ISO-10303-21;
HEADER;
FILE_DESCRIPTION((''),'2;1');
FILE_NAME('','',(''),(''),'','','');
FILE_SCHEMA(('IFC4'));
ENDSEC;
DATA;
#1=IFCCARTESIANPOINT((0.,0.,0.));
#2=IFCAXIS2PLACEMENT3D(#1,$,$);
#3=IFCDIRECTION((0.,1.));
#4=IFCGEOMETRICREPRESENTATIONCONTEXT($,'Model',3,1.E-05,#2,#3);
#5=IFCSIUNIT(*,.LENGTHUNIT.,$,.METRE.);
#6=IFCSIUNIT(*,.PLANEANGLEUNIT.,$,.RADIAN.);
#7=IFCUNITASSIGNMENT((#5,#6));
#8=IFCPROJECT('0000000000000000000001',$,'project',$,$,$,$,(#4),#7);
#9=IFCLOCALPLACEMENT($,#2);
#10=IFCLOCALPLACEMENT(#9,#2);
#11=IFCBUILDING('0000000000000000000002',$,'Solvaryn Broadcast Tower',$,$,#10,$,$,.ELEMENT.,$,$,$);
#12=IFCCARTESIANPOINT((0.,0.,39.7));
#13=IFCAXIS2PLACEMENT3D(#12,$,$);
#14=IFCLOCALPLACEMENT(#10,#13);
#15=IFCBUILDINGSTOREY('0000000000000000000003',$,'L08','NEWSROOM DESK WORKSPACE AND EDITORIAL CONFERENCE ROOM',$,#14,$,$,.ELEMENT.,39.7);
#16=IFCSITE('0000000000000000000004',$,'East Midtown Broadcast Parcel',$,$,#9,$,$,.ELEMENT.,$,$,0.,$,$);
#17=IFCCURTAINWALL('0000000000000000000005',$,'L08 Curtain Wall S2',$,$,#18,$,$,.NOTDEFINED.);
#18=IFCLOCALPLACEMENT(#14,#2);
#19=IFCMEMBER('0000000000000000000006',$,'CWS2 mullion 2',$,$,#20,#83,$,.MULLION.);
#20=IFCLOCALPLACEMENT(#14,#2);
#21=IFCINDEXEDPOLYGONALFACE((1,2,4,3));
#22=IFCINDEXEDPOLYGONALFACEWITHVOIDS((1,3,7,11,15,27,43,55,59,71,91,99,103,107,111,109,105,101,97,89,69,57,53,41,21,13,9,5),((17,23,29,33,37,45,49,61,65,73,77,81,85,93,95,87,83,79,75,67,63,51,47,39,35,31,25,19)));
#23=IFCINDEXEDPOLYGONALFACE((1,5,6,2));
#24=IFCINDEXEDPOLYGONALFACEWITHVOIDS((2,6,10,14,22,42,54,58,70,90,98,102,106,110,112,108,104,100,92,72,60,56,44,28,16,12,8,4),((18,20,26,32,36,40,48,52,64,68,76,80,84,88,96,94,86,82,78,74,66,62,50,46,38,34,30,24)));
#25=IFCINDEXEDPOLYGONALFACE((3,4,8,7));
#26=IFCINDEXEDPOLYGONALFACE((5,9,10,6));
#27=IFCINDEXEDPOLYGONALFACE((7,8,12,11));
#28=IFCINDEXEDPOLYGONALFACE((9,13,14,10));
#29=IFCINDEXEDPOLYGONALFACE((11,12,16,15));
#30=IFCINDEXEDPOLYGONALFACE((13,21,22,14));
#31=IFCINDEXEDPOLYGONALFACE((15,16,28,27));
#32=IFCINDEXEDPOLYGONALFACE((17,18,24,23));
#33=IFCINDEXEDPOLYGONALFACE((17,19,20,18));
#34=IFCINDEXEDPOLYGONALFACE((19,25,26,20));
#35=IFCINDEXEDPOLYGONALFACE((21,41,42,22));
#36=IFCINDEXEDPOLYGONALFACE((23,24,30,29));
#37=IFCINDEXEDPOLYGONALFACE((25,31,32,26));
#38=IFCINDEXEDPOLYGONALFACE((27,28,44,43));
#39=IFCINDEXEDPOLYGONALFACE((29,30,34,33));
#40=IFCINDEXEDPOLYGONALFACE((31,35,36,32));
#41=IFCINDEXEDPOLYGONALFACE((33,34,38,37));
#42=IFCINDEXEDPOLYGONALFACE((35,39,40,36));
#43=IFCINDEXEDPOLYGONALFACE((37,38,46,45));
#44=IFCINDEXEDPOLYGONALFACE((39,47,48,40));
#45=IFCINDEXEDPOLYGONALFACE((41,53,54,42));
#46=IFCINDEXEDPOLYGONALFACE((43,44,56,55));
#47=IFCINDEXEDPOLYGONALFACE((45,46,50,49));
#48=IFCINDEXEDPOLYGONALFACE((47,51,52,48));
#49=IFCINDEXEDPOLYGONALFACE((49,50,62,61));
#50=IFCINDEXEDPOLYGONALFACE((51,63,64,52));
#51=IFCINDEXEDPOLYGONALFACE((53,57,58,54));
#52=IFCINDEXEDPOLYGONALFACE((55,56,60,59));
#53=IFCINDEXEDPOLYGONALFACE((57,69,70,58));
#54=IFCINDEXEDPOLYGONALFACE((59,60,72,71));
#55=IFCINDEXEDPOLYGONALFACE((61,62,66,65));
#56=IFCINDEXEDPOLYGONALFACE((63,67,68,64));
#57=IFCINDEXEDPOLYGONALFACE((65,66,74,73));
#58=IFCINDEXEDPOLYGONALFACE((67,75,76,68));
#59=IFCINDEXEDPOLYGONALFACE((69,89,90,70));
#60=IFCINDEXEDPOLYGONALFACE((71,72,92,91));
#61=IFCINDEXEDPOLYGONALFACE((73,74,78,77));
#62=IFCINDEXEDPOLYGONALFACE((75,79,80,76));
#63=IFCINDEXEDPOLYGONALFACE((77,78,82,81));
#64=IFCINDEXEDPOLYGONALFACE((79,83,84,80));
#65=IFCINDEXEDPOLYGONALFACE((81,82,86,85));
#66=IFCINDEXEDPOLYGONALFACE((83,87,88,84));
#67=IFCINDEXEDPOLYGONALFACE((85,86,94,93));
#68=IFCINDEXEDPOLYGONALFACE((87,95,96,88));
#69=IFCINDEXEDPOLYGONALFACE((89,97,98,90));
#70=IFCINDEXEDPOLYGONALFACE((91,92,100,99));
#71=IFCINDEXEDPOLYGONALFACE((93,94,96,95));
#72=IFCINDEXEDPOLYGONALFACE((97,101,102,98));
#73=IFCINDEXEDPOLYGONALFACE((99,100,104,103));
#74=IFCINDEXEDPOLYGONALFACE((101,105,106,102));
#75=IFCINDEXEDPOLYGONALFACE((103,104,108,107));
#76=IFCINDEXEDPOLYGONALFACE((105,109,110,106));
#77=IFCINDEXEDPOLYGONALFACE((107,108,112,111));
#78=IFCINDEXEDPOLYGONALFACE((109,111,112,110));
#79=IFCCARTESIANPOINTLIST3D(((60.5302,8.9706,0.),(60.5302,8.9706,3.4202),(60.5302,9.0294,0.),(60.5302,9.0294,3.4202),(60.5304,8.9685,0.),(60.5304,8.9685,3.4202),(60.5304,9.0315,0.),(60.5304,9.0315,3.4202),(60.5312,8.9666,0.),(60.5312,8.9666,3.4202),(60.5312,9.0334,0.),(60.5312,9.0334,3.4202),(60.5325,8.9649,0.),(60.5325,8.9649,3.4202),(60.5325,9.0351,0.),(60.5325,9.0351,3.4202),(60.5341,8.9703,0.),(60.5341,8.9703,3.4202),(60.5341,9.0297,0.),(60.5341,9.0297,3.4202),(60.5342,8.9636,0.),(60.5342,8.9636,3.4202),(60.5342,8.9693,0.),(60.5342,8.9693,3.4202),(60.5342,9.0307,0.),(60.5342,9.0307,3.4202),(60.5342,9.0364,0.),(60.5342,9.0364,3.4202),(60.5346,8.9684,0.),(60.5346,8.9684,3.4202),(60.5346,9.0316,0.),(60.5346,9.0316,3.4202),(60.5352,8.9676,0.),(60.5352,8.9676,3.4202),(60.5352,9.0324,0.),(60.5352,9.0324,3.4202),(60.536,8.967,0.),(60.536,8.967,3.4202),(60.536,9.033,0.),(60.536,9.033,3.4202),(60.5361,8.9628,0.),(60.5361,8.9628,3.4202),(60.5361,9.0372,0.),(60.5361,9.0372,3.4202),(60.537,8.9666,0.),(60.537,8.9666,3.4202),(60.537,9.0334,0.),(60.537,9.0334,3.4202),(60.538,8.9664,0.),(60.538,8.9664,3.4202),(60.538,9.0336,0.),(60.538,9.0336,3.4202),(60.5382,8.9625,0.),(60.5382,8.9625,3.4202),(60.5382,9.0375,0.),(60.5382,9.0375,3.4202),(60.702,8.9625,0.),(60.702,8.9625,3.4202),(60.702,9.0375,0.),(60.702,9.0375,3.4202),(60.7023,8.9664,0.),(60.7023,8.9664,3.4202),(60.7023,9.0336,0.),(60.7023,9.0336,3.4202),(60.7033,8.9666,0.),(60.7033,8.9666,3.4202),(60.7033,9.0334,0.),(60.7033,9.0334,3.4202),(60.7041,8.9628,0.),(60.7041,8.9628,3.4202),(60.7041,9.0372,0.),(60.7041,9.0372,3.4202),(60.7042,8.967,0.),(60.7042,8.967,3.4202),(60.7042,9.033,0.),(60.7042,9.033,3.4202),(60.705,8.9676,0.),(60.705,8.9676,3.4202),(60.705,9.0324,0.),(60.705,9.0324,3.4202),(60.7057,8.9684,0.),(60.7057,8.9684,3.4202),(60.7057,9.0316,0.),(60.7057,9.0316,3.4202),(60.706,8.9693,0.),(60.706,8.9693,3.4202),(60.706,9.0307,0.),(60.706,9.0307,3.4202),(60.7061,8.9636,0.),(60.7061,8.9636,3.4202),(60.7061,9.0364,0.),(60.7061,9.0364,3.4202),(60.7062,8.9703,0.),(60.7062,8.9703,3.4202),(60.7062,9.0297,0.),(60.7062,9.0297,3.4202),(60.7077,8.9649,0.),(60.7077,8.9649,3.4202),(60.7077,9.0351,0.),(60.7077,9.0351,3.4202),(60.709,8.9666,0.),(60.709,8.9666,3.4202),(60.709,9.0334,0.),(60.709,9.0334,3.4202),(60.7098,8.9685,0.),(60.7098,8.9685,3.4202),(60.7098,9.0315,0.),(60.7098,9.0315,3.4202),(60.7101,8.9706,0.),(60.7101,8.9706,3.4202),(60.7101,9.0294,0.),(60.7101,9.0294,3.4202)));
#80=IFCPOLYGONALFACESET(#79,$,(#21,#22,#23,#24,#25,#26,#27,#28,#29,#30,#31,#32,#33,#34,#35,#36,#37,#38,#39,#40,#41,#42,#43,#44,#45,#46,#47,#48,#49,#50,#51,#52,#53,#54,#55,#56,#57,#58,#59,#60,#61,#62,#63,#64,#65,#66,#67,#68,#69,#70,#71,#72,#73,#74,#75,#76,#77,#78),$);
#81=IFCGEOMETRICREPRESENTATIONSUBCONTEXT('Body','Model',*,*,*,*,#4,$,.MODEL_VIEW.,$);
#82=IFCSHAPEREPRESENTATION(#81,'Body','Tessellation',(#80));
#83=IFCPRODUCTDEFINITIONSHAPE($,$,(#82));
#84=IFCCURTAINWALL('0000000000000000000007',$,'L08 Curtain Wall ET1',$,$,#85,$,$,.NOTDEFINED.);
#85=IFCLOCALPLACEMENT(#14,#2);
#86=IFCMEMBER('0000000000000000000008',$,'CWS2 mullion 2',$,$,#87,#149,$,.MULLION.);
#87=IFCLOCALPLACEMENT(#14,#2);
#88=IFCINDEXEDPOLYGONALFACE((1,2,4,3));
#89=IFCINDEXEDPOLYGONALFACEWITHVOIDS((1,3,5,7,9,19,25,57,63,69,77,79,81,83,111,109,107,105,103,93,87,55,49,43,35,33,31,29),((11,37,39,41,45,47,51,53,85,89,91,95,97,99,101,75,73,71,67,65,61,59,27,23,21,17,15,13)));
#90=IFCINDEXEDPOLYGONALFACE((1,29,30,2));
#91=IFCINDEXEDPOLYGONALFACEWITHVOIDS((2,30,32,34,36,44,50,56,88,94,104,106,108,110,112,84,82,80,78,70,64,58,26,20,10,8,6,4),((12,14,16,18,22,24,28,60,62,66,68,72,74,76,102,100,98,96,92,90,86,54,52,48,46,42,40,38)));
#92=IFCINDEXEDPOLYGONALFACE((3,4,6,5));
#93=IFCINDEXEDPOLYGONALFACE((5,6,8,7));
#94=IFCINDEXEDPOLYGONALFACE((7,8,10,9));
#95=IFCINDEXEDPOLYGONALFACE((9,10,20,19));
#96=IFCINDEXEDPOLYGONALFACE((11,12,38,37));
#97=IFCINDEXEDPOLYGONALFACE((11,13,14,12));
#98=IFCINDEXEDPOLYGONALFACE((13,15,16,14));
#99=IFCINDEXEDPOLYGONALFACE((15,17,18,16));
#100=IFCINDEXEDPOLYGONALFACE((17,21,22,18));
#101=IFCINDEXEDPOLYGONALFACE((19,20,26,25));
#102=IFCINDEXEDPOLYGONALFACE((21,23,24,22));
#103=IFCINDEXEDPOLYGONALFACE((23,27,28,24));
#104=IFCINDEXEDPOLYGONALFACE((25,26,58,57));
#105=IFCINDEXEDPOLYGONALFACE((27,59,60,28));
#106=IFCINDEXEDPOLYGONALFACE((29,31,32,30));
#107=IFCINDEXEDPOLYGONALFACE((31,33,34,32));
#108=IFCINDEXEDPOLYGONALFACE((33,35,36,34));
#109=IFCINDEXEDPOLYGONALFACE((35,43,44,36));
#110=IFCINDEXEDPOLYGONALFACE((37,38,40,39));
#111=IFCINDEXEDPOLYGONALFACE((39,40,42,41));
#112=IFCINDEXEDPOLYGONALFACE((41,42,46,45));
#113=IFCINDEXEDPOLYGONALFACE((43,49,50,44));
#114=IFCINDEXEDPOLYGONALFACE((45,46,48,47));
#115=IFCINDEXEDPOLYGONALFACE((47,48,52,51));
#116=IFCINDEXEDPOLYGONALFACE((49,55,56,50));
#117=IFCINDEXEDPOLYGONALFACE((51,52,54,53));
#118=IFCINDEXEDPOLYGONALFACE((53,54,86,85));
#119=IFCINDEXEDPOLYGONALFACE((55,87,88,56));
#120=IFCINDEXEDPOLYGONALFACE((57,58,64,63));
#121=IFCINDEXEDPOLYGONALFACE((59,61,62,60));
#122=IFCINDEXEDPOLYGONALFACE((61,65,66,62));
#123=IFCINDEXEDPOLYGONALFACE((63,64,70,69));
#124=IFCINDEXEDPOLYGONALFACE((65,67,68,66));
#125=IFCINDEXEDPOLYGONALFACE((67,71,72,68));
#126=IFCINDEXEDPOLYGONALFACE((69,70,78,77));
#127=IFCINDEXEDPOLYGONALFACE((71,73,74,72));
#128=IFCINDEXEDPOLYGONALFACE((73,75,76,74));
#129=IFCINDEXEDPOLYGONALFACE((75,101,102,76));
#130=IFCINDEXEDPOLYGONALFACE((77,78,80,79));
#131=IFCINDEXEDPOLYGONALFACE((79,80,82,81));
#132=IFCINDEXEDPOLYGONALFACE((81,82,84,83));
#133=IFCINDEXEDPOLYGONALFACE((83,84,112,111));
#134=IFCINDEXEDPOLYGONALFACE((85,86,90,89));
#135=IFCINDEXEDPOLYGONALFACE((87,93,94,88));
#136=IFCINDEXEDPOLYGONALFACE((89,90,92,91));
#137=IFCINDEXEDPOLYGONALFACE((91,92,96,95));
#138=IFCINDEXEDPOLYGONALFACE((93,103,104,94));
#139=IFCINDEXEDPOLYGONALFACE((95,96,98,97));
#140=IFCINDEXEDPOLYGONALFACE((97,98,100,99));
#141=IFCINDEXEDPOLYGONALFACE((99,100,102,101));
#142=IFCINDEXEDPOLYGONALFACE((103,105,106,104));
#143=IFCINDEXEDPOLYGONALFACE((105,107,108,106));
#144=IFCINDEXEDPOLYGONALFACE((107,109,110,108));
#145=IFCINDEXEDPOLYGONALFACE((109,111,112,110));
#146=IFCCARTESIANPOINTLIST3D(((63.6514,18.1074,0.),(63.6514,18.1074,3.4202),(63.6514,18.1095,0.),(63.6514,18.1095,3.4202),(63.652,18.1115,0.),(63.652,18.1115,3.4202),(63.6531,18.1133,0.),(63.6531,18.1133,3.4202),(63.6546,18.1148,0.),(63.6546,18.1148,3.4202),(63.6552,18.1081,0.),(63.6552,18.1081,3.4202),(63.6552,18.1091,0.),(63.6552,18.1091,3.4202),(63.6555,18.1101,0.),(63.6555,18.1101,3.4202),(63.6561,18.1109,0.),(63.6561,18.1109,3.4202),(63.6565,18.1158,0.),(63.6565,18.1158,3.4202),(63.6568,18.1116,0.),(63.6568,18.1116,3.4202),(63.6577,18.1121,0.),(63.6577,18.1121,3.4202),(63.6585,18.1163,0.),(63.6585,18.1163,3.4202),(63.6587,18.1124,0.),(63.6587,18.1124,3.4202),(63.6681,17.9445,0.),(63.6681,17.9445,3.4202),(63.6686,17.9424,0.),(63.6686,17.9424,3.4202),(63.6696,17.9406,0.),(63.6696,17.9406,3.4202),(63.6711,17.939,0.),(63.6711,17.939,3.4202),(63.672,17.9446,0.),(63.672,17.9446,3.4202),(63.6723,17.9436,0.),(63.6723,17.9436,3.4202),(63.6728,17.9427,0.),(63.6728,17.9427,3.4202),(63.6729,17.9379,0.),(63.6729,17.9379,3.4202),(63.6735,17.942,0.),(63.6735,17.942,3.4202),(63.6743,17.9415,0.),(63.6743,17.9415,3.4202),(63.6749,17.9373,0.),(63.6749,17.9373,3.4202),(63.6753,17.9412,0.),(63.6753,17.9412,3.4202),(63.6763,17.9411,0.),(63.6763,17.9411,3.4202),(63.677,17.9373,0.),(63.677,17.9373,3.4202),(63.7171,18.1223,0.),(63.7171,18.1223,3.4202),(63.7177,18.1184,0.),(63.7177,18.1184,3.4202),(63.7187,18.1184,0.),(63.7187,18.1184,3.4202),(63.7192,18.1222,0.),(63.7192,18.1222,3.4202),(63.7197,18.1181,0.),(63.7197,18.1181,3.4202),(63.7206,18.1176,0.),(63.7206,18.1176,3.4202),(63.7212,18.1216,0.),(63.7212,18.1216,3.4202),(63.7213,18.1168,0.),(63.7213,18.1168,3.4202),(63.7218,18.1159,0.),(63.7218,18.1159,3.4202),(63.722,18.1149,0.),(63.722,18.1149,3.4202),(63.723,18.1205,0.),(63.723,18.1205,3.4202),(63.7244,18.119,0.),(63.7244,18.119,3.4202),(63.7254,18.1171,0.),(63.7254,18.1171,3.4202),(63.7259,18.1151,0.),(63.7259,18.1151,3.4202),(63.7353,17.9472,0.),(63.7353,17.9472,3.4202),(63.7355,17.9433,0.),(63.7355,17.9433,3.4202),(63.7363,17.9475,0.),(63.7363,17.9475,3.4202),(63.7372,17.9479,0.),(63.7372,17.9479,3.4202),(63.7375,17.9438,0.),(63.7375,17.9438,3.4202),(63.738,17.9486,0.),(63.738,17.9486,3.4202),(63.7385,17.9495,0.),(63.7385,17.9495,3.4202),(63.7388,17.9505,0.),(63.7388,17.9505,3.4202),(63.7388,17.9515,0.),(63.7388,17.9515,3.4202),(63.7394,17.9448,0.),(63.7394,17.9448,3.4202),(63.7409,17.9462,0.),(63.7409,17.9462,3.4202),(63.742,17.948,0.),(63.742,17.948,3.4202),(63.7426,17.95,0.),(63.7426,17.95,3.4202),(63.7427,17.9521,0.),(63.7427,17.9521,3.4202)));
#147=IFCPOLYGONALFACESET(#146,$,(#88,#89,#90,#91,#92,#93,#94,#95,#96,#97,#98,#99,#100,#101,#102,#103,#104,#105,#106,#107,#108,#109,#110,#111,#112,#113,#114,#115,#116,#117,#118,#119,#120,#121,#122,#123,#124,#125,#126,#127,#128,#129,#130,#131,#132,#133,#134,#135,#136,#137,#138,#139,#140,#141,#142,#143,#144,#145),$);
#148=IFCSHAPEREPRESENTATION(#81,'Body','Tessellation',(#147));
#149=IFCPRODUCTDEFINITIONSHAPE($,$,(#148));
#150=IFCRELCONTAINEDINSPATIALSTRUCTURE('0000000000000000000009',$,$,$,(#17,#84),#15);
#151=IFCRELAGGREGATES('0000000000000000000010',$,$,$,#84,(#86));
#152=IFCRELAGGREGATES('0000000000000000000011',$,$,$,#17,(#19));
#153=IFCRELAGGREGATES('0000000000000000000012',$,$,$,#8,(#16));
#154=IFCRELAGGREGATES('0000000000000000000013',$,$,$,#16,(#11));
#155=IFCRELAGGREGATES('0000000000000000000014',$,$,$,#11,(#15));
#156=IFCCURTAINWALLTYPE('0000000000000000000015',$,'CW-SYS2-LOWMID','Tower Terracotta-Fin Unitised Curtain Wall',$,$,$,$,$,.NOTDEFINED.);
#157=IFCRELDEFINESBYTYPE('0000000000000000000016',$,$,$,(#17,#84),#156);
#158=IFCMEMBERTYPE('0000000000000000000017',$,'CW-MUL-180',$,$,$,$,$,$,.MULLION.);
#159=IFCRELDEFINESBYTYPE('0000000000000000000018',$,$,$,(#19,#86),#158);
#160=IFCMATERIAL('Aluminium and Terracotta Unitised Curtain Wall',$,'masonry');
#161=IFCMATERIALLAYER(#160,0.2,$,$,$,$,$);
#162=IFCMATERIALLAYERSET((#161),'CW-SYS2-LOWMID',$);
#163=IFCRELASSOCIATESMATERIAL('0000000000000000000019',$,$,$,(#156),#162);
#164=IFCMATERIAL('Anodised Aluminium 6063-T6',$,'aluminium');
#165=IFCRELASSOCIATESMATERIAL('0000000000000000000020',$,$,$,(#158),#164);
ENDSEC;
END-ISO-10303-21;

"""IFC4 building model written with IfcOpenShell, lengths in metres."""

from ifc_helpers import new_model, si_unit, direction, frame, origin, origin_2d, place, context, subcontext, project, spatial, hollow_rectangle, extrude, material, layer, layer_set, material_profile, profile_set, type_object, element, aggregate, save


model = new_model("IFC4")

# Units and contexts
model_context = context("Model", 3, precision=1e-05, world=origin(), true_north=direction((0.0, 1.0)))
body_context = subcontext(model_context, "Body", "Model", "MODEL_VIEW")
ifc_project = project(units=[si_unit("LENGTHUNIT", "METRE"), si_unit("PLANEANGLEUNIT", "RADIAN")], contexts=[model_context])

# Site, building, storey
site_placement = place(None, origin())
site = spatial("IfcSite", under=ifc_project, at=site_placement, Name="East Midtown Broadcast Parcel", CompositionType="ELEMENT", RefElevation=0.0)
building_placement = place(site_placement, origin())
building = spatial("IfcBuilding", under=site, at=building_placement, Name="Solvaryn Broadcast Tower", CompositionType="ELEMENT")
storey_placement = place(building_placement, frame((0.0, 0.0, 39.7)))
storey = spatial("IfcBuildingStorey", under=building, at=storey_placement, Name="L08", Description="NEWSROOM DESK WORKSPACE AND EDITORIAL CONFERENCE ROOM", CompositionType="ELEMENT", Elevation=39.7)

# Curtain walls, members
ifc_material_1 = material(Name="Aluminium and Terracotta Unitised Curtain Wall", Category="masonry")
ifc_layer_1 = layer(ifc_material_1, 0.2)
ifc_layer_set_1 = layer_set([ifc_layer_1], Name="CW-SYS2-LOWMID")
curtain_wall_type = type_object("IfcCurtainWallType", Name="CW-SYS2-LOWMID", Description="Tower Terracotta-Fin Unitised Curtain Wall", PredefinedType="NOTDEFINED", material=ifc_layer_set_1)
curtain_wall_1_placement = place(storey_placement, origin())
curtain_wall_1 = element("IfcCurtainWall", 1, at=curtain_wall_1_placement, inside=storey, type_object=curtain_wall_type, Name="L08 Curtain Wall S2", PredefinedType="NOTDEFINED")
ifc_material_2 = material(Name="Anodised Aluminium 6063-T6", Category="aluminium")
ifc_material_profile_1 = material_profile(ifc_material_2, hollow_rectangle(XDim=0.075, YDim=0.1799, WallThickness=0.0039, InnerFilletRadius=0.0039, OuterFilletRadius=0.0081, at=origin_2d()))
ifc_profile_set_1 = profile_set([ifc_material_profile_1], Name="Anodised Aluminium 6063-T6")
member_type_1 = type_object("IfcMemberType", Name="CW-MUL-180", PredefinedType="MULLION", material=ifc_profile_set_1)
member_1_placement = place(storey_placement, frame((60.6201, 9.0, 0.0), z_axis=(0.0, 0.0, 1.0), x_axis=(0.0, 1.0, 0.0)))
member_1 = element("IfcMember", 2, at=member_1_placement, type_object=member_type_1, Name="CWS2 mullion 2", PredefinedType="MULLION", context=body_context, shape_type="SweptSolid", body=[
    extrude(hollow_rectangle(XDim=0.075, YDim=0.1799, WallThickness=0.0039, InnerFilletRadius=0.0039, OuterFilletRadius=0.0081, at=origin_2d()), origin(), (0.0, 0.0, 1.0), 3.4202),
])
curtain_wall_2_placement = place(storey_placement, origin())
curtain_wall_2 = element("IfcCurtainWall", 3, at=curtain_wall_2_placement, inside=storey, type_object=curtain_wall_type, Name="L08 Curtain Wall ET1", PredefinedType="NOTDEFINED")
member_2_placement = place(storey_placement, frame((63.697, 18.0298, 0.0), z_axis=(0.0, 0.0, 1.0), x_axis=(0.994743, 0.1024, 0.0)))
member_2 = element("IfcMember", 4, at=member_2_placement, type_object=member_type_1, Name="CWS2 mullion 2", PredefinedType="MULLION", context=body_context, shape_type="SweptSolid", body=[
    extrude(hollow_rectangle(XDim=0.075, YDim=0.1799, WallThickness=0.0039, InnerFilletRadius=0.0039, OuterFilletRadius=0.0081, at=origin_2d()), origin(), (0.0, 0.0, 1.0), 3.4202),
])
aggregate(curtain_wall_2, [member_2])

aggregate(curtain_wall_1, [member_1])

save(model, "model.ifc")
